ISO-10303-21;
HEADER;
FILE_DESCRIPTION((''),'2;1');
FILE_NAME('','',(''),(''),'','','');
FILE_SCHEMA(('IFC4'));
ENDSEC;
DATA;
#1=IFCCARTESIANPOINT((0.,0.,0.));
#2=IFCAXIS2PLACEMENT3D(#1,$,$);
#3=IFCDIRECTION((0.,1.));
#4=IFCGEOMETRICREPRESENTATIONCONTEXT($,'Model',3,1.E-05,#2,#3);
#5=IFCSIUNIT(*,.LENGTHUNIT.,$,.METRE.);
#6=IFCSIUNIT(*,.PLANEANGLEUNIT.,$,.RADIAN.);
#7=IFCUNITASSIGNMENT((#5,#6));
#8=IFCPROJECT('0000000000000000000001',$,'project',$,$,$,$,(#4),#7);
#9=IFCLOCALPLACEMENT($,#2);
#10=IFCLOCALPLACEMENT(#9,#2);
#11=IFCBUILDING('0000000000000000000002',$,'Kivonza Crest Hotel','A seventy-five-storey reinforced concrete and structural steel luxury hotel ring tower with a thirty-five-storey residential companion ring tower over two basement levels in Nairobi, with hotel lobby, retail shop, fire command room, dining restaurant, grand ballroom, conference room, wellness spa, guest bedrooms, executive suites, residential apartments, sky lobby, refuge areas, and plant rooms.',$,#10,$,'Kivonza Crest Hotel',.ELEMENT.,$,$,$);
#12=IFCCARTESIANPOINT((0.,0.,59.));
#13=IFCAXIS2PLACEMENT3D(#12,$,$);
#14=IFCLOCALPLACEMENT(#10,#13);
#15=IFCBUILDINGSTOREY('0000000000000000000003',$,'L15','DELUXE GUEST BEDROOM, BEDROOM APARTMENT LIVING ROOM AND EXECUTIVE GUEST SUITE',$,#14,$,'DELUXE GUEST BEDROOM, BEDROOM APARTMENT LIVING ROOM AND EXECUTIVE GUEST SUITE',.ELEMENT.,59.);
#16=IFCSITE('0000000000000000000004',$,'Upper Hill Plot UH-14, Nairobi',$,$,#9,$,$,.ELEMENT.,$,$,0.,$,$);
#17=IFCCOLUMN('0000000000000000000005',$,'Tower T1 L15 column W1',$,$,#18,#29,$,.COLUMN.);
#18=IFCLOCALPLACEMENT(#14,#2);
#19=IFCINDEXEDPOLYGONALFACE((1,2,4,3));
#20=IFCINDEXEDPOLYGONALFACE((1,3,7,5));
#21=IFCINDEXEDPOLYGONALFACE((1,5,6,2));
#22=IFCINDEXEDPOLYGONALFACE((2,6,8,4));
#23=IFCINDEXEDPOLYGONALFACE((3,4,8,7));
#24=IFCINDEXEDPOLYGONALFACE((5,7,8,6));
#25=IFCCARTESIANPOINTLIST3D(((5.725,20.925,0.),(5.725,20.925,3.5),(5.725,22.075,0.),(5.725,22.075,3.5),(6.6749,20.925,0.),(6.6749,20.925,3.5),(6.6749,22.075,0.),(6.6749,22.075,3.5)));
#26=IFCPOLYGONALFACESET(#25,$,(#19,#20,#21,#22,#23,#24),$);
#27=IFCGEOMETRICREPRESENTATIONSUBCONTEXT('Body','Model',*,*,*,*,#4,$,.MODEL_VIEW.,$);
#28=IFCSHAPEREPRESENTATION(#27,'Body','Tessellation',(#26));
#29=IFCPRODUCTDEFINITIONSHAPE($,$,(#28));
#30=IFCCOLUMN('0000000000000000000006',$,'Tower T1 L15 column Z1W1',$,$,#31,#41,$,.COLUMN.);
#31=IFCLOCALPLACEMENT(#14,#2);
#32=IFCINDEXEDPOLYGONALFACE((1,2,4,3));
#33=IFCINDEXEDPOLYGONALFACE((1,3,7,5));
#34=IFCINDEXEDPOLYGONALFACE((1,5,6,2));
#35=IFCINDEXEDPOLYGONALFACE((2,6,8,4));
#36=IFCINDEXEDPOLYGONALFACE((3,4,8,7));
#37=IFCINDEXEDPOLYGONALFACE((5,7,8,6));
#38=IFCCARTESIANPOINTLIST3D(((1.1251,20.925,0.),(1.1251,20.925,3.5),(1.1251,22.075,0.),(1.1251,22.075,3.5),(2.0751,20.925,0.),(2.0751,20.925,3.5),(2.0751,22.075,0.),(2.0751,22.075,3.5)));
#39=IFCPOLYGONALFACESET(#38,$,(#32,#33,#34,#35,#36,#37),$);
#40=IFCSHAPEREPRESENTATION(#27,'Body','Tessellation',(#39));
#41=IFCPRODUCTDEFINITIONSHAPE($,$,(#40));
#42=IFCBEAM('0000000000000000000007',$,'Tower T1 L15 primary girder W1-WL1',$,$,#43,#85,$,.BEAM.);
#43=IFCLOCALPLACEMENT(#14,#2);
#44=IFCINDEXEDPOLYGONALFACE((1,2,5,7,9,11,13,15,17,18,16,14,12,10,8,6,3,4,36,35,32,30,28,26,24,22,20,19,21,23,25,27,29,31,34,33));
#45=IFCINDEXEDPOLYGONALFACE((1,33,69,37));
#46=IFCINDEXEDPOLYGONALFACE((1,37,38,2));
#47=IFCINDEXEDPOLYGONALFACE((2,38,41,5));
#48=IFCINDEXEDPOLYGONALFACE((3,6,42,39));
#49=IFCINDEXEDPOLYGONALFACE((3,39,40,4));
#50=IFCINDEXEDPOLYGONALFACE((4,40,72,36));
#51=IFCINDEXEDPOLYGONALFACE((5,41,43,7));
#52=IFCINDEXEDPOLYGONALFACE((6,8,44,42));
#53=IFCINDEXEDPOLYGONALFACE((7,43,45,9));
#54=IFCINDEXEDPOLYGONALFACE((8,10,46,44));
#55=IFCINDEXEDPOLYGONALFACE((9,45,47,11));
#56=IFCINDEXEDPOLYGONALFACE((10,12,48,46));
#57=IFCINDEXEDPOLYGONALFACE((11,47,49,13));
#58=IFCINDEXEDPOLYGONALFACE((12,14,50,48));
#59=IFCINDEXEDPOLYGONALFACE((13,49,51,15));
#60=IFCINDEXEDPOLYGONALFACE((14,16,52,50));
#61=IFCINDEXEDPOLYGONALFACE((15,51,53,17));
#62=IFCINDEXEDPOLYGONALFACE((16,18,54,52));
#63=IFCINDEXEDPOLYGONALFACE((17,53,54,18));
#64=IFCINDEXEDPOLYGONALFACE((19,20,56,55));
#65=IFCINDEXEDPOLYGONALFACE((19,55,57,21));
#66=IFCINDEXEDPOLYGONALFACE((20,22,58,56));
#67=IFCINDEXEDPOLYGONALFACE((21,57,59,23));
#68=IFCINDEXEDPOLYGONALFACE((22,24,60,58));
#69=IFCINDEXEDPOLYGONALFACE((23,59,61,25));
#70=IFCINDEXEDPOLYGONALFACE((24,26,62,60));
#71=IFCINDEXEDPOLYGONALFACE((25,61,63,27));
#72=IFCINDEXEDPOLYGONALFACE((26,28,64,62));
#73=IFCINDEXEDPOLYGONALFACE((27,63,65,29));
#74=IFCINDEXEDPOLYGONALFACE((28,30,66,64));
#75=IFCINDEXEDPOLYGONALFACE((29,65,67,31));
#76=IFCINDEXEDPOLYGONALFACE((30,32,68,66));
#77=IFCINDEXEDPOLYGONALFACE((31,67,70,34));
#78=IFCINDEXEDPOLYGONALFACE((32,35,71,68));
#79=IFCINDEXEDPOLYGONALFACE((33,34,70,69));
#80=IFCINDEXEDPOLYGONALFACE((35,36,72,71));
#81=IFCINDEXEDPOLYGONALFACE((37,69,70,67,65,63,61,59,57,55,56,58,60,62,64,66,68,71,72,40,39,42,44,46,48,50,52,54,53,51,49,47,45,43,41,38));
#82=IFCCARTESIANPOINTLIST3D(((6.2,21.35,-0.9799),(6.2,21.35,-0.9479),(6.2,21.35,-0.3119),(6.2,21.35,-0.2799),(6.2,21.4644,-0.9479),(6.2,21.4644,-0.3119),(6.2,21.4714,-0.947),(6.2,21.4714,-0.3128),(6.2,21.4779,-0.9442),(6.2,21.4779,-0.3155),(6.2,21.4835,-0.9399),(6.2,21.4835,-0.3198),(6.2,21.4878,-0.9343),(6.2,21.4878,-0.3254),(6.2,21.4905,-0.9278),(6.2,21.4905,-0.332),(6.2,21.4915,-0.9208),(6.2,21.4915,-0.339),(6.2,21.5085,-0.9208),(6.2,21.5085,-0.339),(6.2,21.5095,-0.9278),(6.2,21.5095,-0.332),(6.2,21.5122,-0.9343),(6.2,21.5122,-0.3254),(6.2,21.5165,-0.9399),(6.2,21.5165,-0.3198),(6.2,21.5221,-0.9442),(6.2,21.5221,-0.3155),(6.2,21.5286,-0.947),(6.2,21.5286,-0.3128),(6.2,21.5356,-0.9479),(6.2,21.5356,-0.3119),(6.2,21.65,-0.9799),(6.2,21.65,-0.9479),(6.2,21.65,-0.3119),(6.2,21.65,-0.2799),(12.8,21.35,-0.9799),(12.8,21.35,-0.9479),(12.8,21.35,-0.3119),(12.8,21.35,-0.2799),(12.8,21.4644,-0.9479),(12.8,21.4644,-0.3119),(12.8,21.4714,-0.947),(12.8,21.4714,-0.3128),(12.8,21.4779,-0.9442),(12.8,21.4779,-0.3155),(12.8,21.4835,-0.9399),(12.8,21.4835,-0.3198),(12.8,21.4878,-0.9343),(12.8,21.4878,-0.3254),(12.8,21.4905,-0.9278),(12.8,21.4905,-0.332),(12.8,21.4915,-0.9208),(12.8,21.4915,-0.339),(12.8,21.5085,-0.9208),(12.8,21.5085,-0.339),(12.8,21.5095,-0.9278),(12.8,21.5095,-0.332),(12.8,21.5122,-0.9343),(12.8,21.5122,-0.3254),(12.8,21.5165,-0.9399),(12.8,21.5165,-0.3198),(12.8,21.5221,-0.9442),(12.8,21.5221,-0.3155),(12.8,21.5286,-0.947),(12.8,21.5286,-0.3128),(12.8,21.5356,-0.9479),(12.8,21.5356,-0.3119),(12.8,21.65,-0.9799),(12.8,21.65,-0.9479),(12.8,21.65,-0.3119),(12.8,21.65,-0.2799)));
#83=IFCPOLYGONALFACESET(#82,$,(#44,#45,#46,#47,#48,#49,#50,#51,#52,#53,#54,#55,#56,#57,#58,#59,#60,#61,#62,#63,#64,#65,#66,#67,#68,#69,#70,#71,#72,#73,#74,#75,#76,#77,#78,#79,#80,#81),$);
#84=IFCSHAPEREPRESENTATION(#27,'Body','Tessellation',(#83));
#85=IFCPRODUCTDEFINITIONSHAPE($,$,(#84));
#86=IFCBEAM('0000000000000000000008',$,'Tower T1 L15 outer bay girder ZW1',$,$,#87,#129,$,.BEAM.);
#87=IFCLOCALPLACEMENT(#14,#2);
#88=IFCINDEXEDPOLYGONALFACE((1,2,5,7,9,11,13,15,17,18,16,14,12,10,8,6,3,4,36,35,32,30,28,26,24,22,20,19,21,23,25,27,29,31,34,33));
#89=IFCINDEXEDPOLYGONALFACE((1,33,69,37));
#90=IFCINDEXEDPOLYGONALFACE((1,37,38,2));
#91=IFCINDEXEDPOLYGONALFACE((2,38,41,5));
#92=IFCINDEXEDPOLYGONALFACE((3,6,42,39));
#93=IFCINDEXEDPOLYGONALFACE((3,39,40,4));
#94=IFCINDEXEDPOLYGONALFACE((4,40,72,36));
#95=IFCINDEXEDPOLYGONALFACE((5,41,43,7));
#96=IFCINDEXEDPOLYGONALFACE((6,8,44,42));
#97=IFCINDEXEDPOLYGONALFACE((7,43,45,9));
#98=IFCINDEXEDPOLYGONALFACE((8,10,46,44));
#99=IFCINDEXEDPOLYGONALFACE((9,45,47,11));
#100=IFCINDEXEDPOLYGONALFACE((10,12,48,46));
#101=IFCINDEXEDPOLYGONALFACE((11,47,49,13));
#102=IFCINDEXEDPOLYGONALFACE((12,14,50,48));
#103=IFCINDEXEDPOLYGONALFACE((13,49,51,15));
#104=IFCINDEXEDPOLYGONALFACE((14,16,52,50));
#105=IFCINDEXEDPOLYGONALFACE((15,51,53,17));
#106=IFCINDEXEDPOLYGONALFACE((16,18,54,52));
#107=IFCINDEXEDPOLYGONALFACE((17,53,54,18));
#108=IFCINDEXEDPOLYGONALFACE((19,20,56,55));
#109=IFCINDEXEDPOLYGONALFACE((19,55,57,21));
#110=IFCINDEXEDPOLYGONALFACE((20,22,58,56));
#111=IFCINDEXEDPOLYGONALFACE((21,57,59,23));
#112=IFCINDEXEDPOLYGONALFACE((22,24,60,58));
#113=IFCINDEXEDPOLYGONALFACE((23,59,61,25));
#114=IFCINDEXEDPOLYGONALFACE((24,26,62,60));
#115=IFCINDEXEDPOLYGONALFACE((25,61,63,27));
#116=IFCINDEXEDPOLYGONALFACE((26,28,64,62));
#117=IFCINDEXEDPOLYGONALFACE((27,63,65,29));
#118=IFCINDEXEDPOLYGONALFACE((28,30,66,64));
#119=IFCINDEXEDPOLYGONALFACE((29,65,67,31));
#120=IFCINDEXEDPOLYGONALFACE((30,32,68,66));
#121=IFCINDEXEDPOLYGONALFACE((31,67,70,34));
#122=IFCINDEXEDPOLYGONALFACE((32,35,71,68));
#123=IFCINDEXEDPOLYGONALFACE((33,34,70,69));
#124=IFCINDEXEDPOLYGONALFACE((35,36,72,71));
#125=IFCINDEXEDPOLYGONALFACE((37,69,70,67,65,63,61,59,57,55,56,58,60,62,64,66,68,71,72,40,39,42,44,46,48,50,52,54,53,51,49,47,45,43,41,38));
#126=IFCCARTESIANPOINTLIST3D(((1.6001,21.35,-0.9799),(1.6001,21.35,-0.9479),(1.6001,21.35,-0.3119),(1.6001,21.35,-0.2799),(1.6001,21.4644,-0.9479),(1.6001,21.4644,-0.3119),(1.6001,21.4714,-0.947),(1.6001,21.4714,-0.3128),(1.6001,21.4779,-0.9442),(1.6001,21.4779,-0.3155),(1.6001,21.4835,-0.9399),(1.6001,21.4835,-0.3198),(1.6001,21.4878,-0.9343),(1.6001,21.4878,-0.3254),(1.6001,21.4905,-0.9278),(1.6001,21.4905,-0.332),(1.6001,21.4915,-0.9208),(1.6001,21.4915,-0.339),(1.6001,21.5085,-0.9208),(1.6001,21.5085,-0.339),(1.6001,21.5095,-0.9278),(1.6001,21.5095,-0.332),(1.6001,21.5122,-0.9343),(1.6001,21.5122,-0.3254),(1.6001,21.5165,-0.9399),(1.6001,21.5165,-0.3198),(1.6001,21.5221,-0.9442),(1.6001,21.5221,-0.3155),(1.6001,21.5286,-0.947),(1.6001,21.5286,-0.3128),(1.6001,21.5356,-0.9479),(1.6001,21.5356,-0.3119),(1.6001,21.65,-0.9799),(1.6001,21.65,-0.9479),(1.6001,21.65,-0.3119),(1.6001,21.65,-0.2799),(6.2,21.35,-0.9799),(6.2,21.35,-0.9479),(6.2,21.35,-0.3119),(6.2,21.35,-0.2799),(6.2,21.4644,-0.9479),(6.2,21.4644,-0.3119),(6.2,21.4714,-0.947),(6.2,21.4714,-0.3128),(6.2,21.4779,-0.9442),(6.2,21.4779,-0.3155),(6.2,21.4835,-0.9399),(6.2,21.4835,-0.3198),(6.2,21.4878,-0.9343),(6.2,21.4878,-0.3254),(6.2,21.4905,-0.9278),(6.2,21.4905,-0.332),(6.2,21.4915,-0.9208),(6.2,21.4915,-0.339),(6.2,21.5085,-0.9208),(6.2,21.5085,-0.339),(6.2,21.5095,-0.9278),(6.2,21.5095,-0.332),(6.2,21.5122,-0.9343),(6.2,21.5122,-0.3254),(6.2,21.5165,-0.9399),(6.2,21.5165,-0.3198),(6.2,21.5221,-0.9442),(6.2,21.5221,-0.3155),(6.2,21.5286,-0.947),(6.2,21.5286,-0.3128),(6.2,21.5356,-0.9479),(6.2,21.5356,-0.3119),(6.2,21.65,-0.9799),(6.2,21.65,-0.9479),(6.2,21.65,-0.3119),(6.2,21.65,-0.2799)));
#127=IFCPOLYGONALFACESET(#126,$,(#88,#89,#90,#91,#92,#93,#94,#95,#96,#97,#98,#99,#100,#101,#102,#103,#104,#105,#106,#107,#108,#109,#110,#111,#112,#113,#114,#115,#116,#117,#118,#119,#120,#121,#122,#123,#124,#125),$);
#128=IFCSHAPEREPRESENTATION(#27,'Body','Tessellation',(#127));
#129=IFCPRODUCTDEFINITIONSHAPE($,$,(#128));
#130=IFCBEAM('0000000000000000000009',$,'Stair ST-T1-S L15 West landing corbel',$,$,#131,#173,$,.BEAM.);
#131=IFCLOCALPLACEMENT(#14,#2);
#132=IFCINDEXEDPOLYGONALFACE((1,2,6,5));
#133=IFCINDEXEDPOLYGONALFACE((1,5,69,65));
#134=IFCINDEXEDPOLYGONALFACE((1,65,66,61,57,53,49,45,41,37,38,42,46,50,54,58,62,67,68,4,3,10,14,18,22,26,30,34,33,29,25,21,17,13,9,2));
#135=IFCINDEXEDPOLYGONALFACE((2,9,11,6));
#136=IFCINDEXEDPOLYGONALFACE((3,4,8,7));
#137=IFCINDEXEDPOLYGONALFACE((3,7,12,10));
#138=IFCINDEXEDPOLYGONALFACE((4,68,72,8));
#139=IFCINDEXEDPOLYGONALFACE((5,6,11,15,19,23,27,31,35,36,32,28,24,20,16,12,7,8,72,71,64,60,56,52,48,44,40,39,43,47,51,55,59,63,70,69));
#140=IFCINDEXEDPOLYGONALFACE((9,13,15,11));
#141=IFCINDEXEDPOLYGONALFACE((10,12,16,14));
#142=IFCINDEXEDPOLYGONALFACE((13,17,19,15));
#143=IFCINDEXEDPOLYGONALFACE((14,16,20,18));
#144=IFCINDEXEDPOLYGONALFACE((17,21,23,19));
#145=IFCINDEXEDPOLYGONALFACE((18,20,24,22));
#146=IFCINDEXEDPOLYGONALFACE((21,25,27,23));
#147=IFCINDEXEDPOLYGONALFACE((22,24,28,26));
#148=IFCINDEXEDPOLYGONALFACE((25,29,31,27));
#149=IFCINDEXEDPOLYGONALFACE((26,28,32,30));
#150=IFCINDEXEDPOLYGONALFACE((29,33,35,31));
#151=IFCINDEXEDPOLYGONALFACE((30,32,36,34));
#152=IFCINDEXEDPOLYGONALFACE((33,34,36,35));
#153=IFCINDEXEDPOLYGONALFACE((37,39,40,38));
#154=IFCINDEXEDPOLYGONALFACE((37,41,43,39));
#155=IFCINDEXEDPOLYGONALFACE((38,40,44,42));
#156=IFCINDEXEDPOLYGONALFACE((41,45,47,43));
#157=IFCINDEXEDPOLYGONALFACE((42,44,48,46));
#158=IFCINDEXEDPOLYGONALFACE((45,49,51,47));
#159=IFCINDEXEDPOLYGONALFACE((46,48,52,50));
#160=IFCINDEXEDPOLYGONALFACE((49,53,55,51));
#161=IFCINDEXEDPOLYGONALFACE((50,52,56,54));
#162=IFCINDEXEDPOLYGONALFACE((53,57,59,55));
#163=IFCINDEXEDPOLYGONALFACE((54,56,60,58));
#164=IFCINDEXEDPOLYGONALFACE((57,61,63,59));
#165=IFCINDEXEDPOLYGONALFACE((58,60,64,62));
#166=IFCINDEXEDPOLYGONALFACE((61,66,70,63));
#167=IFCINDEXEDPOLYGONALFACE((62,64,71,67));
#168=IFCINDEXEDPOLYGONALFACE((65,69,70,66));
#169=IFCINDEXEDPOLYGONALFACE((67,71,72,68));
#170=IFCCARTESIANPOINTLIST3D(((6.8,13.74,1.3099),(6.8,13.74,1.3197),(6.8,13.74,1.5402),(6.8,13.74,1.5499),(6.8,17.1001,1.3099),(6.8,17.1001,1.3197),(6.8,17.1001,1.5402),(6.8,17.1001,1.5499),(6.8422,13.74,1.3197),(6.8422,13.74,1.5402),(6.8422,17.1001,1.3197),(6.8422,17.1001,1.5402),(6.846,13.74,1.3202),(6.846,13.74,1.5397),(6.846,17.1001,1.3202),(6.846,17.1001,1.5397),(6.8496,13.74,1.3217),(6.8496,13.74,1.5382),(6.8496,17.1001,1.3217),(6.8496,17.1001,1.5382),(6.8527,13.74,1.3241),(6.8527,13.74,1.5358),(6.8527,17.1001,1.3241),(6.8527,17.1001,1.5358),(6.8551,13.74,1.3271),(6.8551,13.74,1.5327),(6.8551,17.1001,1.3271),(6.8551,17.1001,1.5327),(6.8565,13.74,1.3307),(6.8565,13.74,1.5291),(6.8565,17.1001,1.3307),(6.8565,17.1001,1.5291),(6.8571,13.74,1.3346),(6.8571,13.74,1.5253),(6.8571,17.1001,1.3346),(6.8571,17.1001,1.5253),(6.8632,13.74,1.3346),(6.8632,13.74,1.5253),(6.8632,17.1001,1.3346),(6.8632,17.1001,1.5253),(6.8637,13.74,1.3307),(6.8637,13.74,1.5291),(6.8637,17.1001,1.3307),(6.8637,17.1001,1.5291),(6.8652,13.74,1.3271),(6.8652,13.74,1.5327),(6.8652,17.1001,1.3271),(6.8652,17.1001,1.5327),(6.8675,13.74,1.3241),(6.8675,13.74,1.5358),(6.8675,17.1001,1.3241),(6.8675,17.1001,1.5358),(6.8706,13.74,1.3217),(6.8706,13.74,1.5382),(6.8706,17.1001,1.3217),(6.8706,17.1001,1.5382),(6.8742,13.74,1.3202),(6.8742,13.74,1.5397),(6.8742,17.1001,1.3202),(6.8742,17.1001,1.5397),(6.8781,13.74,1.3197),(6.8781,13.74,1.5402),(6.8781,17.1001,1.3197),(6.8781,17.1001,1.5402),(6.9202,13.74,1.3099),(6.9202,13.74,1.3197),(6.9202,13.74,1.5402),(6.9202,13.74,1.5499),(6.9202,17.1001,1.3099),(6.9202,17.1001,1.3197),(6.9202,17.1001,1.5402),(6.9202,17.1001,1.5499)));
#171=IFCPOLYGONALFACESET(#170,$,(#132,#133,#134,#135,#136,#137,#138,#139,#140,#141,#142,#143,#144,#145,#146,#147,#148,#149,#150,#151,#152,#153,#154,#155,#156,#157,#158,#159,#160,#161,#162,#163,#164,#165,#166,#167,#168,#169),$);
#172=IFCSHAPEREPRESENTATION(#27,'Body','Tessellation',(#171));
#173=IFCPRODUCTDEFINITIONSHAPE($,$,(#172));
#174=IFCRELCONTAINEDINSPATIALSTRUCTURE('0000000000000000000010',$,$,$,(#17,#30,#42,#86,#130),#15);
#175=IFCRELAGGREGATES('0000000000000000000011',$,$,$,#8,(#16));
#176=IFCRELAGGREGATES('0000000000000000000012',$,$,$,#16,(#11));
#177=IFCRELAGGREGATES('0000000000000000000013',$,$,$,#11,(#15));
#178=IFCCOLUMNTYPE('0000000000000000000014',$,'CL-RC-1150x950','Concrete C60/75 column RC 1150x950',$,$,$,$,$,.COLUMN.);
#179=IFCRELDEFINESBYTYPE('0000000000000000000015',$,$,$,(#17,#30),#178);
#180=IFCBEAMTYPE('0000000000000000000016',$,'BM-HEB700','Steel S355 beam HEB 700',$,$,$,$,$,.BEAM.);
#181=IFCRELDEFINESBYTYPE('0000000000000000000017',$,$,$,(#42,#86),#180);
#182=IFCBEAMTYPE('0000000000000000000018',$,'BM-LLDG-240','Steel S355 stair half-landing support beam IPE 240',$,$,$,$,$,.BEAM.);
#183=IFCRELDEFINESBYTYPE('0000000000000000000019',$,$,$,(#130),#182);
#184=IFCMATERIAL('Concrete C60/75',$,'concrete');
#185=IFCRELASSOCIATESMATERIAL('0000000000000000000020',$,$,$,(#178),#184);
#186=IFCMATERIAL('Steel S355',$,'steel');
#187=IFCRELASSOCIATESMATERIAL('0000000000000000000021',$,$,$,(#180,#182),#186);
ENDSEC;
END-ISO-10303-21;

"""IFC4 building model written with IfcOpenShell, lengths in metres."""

from ifc_helpers import new_model, si_unit, direction, frame, origin, origin_2d, place, context, subcontext, project, spatial, rectangle, i_section, extrude, material, material_profile, profile_set, type_object, element, save


model = new_model("IFC4")

# Units and contexts
model_context = context("Model", 3, precision=1e-05, world=origin(), true_north=direction((0.0, 1.0)))
body_context = subcontext(model_context, "Body", "Model", "MODEL_VIEW")
ifc_project = project(units=[si_unit("LENGTHUNIT", "METRE"), si_unit("PLANEANGLEUNIT", "RADIAN")], contexts=[model_context])

# Site, building, storey
site_placement = place(None, origin())
site = spatial("IfcSite", under=ifc_project, at=site_placement, Name="Upper Hill Plot UH-14, Nairobi", CompositionType="ELEMENT", RefElevation=0.0)
building_placement = place(site_placement, origin())
building = spatial("IfcBuilding", under=site, at=building_placement, Name="Kivonza Crest Hotel", Description="A seventy-five-storey reinforced concrete and structural steel luxury hotel ring tower with a thirty-five-storey residential companion ring tower over two basement levels in Nairobi, with hotel lobby, retail shop, fire command room, dining restaurant, grand ballroom, conference room, wellness spa, guest bedrooms, executive suites, residential apartments, sky lobby, refuge areas, and plant rooms.", LongName="Kivonza Crest Hotel", CompositionType="ELEMENT")
storey_placement = place(building_placement, frame((0.0, 0.0, 59.0)))
storey = spatial("IfcBuildingStorey", under=building, at=storey_placement, Name="L15", Description="DELUXE GUEST BEDROOM, BEDROOM APARTMENT LIVING ROOM AND EXECUTIVE GUEST SUITE", LongName="DELUXE GUEST BEDROOM, BEDROOM APARTMENT LIVING ROOM AND EXECUTIVE GUEST SUITE", CompositionType="ELEMENT", Elevation=59.0)

# Columns
ifc_material_1 = material(Name="Concrete C60/75", Category="concrete")
ifc_material_profile_1 = material_profile(ifc_material_1, rectangle(XDim=0.95, YDim=1.1499, at=origin_2d()), Name="RC 1150x950")
ifc_profile_set_1 = profile_set([ifc_material_profile_1], Name="Concrete C60/75")
column_type = type_object("IfcColumnType", Name="CL-RC-1150x950", Description="Concrete C60/75 column RC 1150x950", PredefinedType="COLUMN", material=ifc_profile_set_1)
for number, where, z_axis, x_axis, name in (
    (1, (6.2, 21.5, 0.0), (0.0, 0.0, 1.0), (1.0, 0.0, 0.0), "Tower T1 L15 column W1"),
    (2, (1.6001, 21.5, 0.0), (0.0, 0.0, 1.0), (1.0, 0.0, 0.0), "Tower T1 L15 column Z1W1"),
):
    element("IfcColumn", number, at=place(storey_placement, frame(where, z_axis=z_axis, x_axis=x_axis)), inside=storey, type_object=column_type, Name=name, PredefinedType="COLUMN", context=body_context, shape_type="SweptSolid", body=[
        extrude(rectangle(XDim=0.95, YDim=1.1499, at=origin_2d()), origin(), (0.0, 0.0, 1.0), 3.5),
    ])

# Beams
ifc_material_2 = material(Name="Steel S355", Category="steel")
ifc_material_profile_2 = material_profile(ifc_material_2, i_section(OverallWidth=0.3, OverallDepth=0.7, WebThickness=0.0171, FlangeThickness=0.032, FilletRadius=0.0271, at=origin_2d()), Name="HEB 700")
ifc_profile_set_2 = profile_set([ifc_material_profile_2], Name="Steel S355")
beam_type_1 = type_object("IfcBeamType", Name="BM-HEB700", Description="Steel S355 beam HEB 700", PredefinedType="BEAM", material=ifc_profile_set_2)
beam_1_placement = place(storey_placement, frame((6.2, 21.5, -0.6299), z_axis=(1.0, 0.0, 0.0), x_axis=(0.0, 1.0, 0.0)))
element("IfcBeam", 3, at=beam_1_placement, inside=storey, type_object=beam_type_1, Name="Tower T1 L15 primary girder W1-WL1", PredefinedType="BEAM", context=body_context, shape_type="SweptSolid", body=[
    extrude(i_section(OverallWidth=0.3, OverallDepth=0.7, WebThickness=0.0171, FlangeThickness=0.032, FilletRadius=0.0271, at=origin_2d()), origin(), (0.0, 0.0, 1.0), 6.6001),
])
beam_2_placement = place(storey_placement, frame((1.6001, 21.5, -0.6299), z_axis=(1.0, 0.0, 0.0), x_axis=(0.0, 1.0, 0.0)))
element("IfcBeam", 4, at=beam_2_placement, inside=storey, type_object=beam_type_1, Name="Tower T1 L15 outer bay girder ZW1", PredefinedType="BEAM", context=body_context, shape_type="SweptSolid", body=[
    extrude(i_section(OverallWidth=0.3, OverallDepth=0.7, WebThickness=0.0171, FlangeThickness=0.032, FilletRadius=0.0271, at=origin_2d()), origin(), (0.0, 0.0, 1.0), 4.5999),
])
ifc_material_profile_3 = material_profile(ifc_material_2, i_section(OverallWidth=0.1201, OverallDepth=0.24, WebThickness=0.0061, FlangeThickness=0.0098, FilletRadius=0.0149, at=origin_2d()), Name="IPE 240")
ifc_profile_set_3 = profile_set([ifc_material_profile_3], Name="Steel S355")
beam_type_2 = type_object("IfcBeamType", Name="BM-LLDG-240", Description="Steel S355 stair half-landing support beam IPE 240", PredefinedType="BEAM", material=ifc_profile_set_3)
beam_3_placement = place(storey_placement, frame((6.8601, 13.74, 1.4299), z_axis=(0.0, 1.0, 0.0), x_axis=(-1.0, 0.0, 0.0)))
element("IfcBeam", 5, at=beam_3_placement, inside=storey, type_object=beam_type_2, Name="Stair ST-T1-S L15 West landing corbel", PredefinedType="BEAM", context=body_context, shape_type="SweptSolid", body=[
    extrude(i_section(OverallWidth=0.1201, OverallDepth=0.24, WebThickness=0.0061, FlangeThickness=0.0098, FilletRadius=0.0149, at=origin_2d()), origin(), (0.0, 0.0, 1.0), 3.3601),
])

save(model, "model.ifc")
